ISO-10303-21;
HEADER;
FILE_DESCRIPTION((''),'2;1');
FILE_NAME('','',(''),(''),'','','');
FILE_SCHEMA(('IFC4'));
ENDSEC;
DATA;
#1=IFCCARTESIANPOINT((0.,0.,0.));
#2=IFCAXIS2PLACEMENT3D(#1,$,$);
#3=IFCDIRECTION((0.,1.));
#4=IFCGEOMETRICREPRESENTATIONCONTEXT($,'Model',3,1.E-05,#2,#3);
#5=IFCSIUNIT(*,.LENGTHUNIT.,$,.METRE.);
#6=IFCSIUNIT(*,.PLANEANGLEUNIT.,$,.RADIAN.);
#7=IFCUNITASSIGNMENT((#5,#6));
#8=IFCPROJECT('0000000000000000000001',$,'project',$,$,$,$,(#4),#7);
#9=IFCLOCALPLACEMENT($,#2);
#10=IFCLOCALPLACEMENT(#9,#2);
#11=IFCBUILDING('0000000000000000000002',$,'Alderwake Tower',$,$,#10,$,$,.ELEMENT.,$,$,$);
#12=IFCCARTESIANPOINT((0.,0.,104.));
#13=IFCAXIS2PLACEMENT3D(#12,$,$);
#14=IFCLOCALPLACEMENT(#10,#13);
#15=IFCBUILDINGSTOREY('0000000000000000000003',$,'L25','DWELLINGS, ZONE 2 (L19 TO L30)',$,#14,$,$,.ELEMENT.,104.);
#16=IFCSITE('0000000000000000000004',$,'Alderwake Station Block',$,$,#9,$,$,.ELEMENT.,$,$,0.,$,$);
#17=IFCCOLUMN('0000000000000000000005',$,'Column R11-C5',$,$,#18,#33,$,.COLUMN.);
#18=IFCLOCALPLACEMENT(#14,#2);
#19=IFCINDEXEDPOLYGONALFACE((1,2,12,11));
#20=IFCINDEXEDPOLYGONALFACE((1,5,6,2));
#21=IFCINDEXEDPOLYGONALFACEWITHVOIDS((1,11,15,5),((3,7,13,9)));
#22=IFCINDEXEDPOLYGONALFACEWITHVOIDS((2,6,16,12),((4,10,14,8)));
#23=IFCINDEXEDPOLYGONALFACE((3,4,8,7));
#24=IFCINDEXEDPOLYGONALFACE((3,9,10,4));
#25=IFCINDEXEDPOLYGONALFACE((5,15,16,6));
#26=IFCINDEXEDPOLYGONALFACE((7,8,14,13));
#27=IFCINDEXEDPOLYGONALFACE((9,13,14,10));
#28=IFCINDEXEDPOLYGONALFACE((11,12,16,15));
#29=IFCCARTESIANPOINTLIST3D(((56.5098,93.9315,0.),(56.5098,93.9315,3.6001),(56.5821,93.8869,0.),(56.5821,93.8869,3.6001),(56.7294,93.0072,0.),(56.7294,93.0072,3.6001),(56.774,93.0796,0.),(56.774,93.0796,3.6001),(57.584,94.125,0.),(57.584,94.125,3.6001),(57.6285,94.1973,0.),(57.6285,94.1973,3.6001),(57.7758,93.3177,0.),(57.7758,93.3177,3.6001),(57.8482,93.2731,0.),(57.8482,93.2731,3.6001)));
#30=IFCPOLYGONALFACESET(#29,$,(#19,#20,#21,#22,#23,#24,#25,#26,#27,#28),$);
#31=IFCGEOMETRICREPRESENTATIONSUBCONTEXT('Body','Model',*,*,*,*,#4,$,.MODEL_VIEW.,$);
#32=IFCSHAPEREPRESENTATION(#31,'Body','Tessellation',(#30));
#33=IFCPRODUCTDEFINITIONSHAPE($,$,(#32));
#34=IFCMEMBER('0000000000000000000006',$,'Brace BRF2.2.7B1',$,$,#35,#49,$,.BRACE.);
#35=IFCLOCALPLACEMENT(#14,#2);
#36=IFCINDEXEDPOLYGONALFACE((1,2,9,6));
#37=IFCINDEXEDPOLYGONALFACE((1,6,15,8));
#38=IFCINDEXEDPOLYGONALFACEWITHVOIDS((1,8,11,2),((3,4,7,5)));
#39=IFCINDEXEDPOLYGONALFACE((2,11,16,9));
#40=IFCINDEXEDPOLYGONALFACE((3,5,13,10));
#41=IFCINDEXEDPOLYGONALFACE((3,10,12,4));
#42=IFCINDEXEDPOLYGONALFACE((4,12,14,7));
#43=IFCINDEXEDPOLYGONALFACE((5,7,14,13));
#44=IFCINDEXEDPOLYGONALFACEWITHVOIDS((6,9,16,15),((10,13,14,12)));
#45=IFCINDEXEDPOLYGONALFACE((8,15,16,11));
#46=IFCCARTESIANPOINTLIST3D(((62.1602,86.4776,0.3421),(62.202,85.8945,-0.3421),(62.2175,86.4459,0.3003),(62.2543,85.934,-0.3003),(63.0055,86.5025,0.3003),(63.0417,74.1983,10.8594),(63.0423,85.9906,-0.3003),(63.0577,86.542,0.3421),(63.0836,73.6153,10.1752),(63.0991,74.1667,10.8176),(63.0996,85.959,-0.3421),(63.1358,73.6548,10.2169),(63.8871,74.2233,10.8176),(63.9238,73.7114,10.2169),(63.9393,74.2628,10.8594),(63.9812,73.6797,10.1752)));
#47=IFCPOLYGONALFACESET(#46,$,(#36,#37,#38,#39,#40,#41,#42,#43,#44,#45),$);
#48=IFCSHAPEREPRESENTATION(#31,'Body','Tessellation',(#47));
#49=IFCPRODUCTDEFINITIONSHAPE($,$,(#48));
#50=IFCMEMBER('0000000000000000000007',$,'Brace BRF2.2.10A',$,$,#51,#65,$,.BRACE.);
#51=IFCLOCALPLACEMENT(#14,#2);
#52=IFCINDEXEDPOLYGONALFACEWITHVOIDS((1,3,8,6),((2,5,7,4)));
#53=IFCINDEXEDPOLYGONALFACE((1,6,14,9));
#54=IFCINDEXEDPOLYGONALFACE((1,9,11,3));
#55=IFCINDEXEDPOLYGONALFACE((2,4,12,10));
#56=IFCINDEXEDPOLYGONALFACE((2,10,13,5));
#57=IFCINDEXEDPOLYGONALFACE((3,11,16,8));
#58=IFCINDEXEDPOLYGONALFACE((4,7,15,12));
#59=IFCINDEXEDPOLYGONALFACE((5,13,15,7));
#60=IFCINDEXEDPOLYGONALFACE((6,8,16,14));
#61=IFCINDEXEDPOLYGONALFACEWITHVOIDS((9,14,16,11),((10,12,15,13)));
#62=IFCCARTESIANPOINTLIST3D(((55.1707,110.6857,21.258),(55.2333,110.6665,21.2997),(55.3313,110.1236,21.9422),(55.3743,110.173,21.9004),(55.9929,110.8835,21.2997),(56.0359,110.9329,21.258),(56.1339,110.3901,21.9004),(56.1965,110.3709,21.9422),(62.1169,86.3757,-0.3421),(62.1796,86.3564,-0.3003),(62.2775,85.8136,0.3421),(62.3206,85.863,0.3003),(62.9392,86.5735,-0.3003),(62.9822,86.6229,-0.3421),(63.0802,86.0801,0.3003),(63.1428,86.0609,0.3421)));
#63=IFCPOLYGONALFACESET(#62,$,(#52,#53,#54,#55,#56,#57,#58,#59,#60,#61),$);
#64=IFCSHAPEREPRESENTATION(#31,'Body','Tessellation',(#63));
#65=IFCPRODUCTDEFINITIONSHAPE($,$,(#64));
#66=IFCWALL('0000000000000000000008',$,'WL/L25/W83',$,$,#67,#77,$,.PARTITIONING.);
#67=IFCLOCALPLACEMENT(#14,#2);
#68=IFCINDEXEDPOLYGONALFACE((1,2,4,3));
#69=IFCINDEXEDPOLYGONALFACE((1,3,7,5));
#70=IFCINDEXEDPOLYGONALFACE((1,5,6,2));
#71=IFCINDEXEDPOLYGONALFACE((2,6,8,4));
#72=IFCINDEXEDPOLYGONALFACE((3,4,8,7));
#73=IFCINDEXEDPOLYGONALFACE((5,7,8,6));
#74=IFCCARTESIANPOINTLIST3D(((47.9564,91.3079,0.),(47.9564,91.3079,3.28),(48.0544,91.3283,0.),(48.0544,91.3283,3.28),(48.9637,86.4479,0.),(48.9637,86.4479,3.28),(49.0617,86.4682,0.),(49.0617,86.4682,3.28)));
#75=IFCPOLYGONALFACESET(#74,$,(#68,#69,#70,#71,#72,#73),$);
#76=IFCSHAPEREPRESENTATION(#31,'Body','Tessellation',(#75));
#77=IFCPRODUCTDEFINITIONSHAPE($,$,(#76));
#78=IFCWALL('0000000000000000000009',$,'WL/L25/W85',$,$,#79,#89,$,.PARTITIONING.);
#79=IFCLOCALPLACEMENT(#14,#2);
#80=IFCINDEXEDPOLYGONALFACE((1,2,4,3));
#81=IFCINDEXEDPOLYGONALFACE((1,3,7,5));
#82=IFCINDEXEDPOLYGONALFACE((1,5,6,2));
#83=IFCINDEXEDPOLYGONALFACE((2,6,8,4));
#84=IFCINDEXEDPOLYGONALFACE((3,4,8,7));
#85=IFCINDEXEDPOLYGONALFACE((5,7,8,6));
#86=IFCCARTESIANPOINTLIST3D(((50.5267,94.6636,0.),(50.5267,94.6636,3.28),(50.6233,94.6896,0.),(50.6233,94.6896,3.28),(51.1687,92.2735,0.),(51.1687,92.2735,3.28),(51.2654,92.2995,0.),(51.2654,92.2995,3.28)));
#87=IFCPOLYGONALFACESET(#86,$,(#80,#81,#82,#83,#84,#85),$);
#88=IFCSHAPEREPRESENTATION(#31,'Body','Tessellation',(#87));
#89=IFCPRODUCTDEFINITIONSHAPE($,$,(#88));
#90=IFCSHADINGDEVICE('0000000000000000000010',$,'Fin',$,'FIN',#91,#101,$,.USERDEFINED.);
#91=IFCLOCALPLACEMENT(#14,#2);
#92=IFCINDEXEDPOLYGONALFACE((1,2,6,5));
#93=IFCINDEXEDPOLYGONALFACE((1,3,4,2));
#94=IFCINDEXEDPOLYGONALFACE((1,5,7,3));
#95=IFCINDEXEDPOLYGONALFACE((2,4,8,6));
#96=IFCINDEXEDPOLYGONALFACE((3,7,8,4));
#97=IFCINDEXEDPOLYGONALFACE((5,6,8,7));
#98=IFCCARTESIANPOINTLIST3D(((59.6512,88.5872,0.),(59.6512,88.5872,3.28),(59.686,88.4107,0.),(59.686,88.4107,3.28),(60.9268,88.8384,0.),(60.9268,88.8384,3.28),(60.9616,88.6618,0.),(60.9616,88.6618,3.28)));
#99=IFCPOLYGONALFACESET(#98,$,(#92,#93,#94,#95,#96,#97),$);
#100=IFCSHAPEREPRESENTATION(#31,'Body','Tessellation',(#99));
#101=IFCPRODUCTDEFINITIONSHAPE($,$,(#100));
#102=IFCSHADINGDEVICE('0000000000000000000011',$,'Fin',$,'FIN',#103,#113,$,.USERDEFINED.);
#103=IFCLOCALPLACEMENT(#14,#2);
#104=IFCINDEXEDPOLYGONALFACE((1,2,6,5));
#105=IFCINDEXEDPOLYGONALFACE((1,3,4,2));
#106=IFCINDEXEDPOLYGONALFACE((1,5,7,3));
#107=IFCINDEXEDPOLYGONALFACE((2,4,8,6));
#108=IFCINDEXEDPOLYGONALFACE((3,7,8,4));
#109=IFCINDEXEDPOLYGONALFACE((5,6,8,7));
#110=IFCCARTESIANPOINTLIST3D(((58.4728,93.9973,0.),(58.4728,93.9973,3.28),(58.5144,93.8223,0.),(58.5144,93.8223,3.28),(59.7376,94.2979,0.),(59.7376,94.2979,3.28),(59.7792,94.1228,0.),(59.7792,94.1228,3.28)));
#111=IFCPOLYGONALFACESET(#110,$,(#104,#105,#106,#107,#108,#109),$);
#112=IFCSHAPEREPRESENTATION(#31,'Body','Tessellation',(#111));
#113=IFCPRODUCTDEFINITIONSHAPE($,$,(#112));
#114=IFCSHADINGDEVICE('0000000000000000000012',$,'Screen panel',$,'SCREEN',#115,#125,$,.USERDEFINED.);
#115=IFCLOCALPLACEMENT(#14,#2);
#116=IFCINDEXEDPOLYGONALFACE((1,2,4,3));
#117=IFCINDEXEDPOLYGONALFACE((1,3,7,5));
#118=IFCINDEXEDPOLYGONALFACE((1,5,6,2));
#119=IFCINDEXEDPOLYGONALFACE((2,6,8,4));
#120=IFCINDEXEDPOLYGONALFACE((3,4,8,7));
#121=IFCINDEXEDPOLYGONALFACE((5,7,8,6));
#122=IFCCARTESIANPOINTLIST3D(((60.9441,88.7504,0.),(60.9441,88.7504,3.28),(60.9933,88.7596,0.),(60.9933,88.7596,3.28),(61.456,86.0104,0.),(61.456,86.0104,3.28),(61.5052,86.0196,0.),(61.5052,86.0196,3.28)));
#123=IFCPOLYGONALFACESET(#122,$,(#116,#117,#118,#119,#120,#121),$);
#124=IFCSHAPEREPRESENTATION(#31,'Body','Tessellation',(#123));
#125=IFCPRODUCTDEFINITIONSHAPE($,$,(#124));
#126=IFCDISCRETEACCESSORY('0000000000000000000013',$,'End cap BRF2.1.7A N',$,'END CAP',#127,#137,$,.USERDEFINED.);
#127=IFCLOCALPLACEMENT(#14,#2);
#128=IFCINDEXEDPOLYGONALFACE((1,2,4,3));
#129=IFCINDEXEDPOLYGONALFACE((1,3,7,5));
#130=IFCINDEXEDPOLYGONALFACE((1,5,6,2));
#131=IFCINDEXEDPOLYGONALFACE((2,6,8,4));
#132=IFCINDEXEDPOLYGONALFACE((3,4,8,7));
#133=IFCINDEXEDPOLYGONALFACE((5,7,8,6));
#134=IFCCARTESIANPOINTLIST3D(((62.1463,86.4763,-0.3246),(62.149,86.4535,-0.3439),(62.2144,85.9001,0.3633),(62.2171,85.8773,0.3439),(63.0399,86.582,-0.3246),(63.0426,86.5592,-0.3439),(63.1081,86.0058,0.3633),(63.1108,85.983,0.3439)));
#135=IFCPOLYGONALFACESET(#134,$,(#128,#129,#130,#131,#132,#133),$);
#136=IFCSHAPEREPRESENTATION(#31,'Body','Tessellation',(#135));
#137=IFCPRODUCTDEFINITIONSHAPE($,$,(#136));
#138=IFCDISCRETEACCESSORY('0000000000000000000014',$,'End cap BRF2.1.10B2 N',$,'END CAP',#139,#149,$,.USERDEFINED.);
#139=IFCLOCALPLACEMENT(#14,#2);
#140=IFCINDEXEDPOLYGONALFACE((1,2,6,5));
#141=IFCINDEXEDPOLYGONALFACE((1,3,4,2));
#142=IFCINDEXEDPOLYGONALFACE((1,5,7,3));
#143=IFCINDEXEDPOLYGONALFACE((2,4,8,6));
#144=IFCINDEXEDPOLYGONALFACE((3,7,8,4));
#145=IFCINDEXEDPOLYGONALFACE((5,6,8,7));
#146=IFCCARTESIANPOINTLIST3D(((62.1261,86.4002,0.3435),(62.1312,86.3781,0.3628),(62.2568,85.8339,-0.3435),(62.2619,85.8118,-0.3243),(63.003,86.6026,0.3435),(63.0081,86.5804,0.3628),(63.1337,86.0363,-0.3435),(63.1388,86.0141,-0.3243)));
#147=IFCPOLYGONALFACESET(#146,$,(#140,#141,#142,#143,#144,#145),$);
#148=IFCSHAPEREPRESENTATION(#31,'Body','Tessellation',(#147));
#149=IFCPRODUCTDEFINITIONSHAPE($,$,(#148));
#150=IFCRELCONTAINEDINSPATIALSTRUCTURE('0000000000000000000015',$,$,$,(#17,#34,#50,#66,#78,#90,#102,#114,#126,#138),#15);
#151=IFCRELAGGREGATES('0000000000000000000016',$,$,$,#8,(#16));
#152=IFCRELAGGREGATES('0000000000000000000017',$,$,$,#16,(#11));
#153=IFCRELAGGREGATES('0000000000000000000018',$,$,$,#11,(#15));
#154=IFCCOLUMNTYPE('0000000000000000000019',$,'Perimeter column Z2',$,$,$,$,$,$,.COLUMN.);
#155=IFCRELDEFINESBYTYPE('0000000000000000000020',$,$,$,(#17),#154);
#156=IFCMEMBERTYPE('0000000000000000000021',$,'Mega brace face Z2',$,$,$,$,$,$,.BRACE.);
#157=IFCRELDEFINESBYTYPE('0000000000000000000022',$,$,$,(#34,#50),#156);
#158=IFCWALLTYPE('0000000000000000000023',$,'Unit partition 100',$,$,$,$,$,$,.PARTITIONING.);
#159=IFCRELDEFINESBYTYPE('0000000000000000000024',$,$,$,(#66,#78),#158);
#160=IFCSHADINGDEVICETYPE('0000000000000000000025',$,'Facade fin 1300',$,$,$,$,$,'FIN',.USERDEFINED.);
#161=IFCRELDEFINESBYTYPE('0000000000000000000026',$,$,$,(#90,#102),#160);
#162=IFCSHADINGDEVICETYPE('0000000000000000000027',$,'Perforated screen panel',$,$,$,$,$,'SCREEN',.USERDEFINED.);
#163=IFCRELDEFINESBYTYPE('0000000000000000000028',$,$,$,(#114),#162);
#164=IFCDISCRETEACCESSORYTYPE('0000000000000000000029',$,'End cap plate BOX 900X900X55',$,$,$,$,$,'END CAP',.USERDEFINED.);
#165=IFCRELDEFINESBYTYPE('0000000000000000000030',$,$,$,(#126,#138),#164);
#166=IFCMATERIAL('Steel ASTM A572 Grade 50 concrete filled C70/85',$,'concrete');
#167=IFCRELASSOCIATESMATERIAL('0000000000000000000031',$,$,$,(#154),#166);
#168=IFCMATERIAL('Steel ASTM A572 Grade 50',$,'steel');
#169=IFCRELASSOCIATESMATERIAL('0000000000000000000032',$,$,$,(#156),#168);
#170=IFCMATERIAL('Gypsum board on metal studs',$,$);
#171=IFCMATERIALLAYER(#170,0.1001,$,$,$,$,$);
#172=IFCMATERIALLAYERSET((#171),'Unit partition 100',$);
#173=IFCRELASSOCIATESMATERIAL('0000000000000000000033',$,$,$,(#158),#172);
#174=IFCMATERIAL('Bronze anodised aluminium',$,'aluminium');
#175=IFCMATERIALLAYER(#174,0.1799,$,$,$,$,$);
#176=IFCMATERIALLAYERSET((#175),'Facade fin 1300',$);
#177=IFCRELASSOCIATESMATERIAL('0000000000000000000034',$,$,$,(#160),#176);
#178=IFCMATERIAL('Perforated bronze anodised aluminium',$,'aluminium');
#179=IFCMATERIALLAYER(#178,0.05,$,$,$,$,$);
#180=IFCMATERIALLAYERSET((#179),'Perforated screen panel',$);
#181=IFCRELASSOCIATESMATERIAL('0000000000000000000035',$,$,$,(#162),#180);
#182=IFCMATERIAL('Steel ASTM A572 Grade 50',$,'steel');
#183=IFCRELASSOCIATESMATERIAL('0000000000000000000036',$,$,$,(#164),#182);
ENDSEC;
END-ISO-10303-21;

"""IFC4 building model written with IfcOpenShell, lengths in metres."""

from ifc_helpers import new_model, si_unit, direction, frame, frame_2d, origin, origin_2d, place, context, subcontext, project, spatial, rectangle, hollow_rectangle, extrude, material, layer, layer_set, material_profile, profile_set, type_object, element, save


model = new_model("IFC4")

# Units and contexts
model_context = context("Model", 3, precision=1e-05, world=origin(), true_north=direction((0.0, 1.0)))
body_context = subcontext(model_context, "Body", "Model", "MODEL_VIEW")
ifc_project = project(units=[si_unit("LENGTHUNIT", "METRE"), si_unit("PLANEANGLEUNIT", "RADIAN")], contexts=[model_context])

# Site, building, storey
site_placement = place(None, origin())
site = spatial("IfcSite", under=ifc_project, at=site_placement, Name="Alderwake Station Block", CompositionType="ELEMENT", RefElevation=0.0)
building_placement = place(site_placement, origin())
building = spatial("IfcBuilding", under=site, at=building_placement, Name="Alderwake Tower", CompositionType="ELEMENT")
storey_placement = place(building_placement, frame((0.0, 0.0, 104.0)))
storey = spatial("IfcBuildingStorey", under=building, at=storey_placement, Name="L25", Description="DWELLINGS, ZONE 2 (L19 TO L30)", CompositionType="ELEMENT", Elevation=104.0)

# Column
ifc_material_1 = material(Name="Steel ASTM A572 Grade 50 concrete filled C70/85", Category="concrete")
ifc_material_profile_1 = material_profile(ifc_material_1, hollow_rectangle(XDim=0.95, YDim=1.1499, WallThickness=0.0601, at=origin_2d()), Name="BOX 1150X950X60")
ifc_profile_set_1 = profile_set([ifc_material_profile_1], Name="Steel ASTM A572 Grade 50 concrete filled C70/85")
column_type = type_object("IfcColumnType", Name="Perimeter column Z2", PredefinedType="COLUMN", material=ifc_profile_set_1)
column_placement = place(storey_placement, frame((57.179, 93.6023, 0.0), z_axis=(0.0, 0.0, 1.0), x_axis=(-0.231222, 0.972901, 0.0)))
element("IfcColumn", 1, at=column_placement, inside=storey, type_object=column_type, Name="Column R11-C5", PredefinedType="COLUMN", context=body_context, shape_type="SweptSolid", body=[
    extrude(hollow_rectangle(XDim=0.95, YDim=1.1499, WallThickness=0.0601, at=origin_2d()), origin(), (0.0, 0.0, 1.0), 3.6001),
])

# Members
ifc_material_2 = material(Name="Steel ASTM A572 Grade 50", Category="steel")
ifc_material_profile_2 = material_profile(ifc_material_2, hollow_rectangle(XDim=0.8999, YDim=0.8999, WallThickness=0.0549, at=origin_2d()), Name="BOX 900X900X55")
ifc_profile_set_2 = profile_set([ifc_material_profile_2], Name="Steel ASTM A572 Grade 50")
member_type = type_object("IfcMemberType", Name="Mega brace face Z2", PredefinedType="BRACE", material=ifc_profile_set_2)
member_1_placement = place(storey_placement, frame((62.6299, 86.2183, 0.0), z_axis=(0.054447, -0.758368, 0.649549), x_axis=(0.997433, 0.071611, 0.0)))
element("IfcMember", 2, at=member_1_placement, inside=storey, type_object=member_type, Name="Brace BRF2.2.7B1", PredefinedType="BRACE", context=body_context, shape_type="SweptSolid", body=[
    extrude(hollow_rectangle(XDim=0.8999, YDim=0.8999, WallThickness=0.0549, at=origin_2d()), origin(), (0.0, 0.0, 1.0), 16.1917),
])
member_2_placement = place(storey_placement, frame((62.6299, 86.2183, 0.0), z_axis=(-0.208889, 0.731053, 0.649559), x_axis=(-0.961518, -0.274742, 0.0)))
element("IfcMember", 3, at=member_2_placement, inside=storey, type_object=member_type, Name="Brace BRF2.2.10A", PredefinedType="BRACE", context=body_context, shape_type="SweptSolid", body=[
    extrude(hollow_rectangle(XDim=0.8999, YDim=0.8999, WallThickness=0.0549, at=origin_2d()), origin(), (0.0, 0.0, 1.0), 33.2534),
])

# Walls
ifc_material_3 = material(Name="Gypsum board on metal studs")
ifc_layer_1 = layer(ifc_material_3, 0.1001)
ifc_layer_set_1 = layer_set([ifc_layer_1], Name="Unit partition 100")
wall_type_1 = type_object("IfcWallType", Name="Unit partition 100", PredefinedType="PARTITIONING", material=ifc_layer_set_1)
wall_1_placement = place(storey_placement, frame((49.0127, 86.458, 0.0), z_axis=(0.0, 0.0, 1.0), x_axis=(-0.20295, 0.979189, 0.0)))
element("IfcWall", 4, at=wall_1_placement, inside=storey, type_object=wall_type_1, Name="WL/L25/W83", PredefinedType="PARTITIONING", context=body_context, shape_type="SweptSolid", body=[
    extrude(rectangle(XDim=4.9634, YDim=0.1001, at=frame_2d((2.4817, 0.0))), origin(), (0.0, 0.0, 1.0), 3.28),
])
wall_2_placement = place(storey_placement, frame((51.217, 92.2866, 0.0), z_axis=(0.0, 0.0, 1.0), x_axis=(-0.259443, 0.965758, 0.0)))
element("IfcWall", 5, at=wall_2_placement, inside=storey, type_object=wall_type_1, Name="WL/L25/W85", PredefinedType="PARTITIONING", context=body_context, shape_type="SweptSolid", body=[
    extrude(rectangle(XDim=2.4749, YDim=0.1001, at=frame_2d((1.2373, 0.0))), origin(), (0.0, 0.0, 1.0), 3.28),
])

# Shading devices
ifc_material_4 = material(Name="Bronze anodised aluminium", Category="aluminium")
ifc_layer_2 = layer(ifc_material_4, 0.1799)
ifc_layer_set_2 = layer_set([ifc_layer_2], Name="Facade fin 1300")
shading_device_type_1 = type_object("IfcShadingDeviceType", Name="Facade fin 1300", ElementType="FIN", PredefinedType="USERDEFINED", material=ifc_layer_set_2)
for number, where, z_axis, x_axis, name in (
    (6, (60.3064, 88.6245, 0.0), (0.0, 0.0, 1.0), (0.981164, 0.193178, 0.0), "Fin"),
    (7, (59.126, 94.0601, 0.0), (0.0, 0.0, 1.0), (0.972909, 0.231189, 0.0), "Fin"),
):
    element("IfcShadingDevice", number, at=place(storey_placement, frame(where, z_axis=z_axis, x_axis=x_axis)), inside=storey, type_object=shading_device_type_1, Name=name, ObjectType="FIN", PredefinedType="USERDEFINED", context=body_context, shape_type="SweptSolid", body=[
        extrude(rectangle(XDim=1.3, YDim=0.1799, at=origin_2d()), origin(), (0.0, 0.0, 1.0), 3.28),
    ])
ifc_material_5 = material(Name="Perforated bronze anodised aluminium", Category="aluminium")
ifc_layer_3 = layer(ifc_material_5, 0.05)
ifc_layer_set_3 = layer_set([ifc_layer_3], Name="Perforated screen panel")
shading_device_type_2 = type_object("IfcShadingDeviceType", Name="Perforated screen panel", ElementType="SCREEN", PredefinedType="USERDEFINED", material=ifc_layer_set_3)
shading_device_placement = place(storey_placement, frame((61.2246, 87.385, 0.0), z_axis=(0.0, 0.0, 1.0), x_axis=(0.982991, 0.183651, 0.0)))
element("IfcShadingDevice", 8, at=shading_device_placement, inside=storey, type_object=shading_device_type_2, Name="Screen panel", ObjectType="SCREEN", PredefinedType="USERDEFINED", context=body_context, shape_type="SweptSolid", body=[
    extrude(rectangle(XDim=0.05, YDim=2.7874, at=origin_2d()), origin(), (0.0, 0.0, 1.0), 3.28),
])

# Discrete accessories
ifc_material_6 = material(Name="Steel ASTM A572 Grade 50", Category="steel")
ifc_material_profile_3 = material_profile(ifc_material_6, rectangle(XDim=0.8999, YDim=0.8999, at=origin_2d()), Name="BOX 900X900X55 cap")
ifc_profile_set_3 = profile_set([ifc_material_profile_3], Name="Steel ASTM A572 Grade 50")
discrete_accessory_type = type_object("IfcDiscreteAccessoryType", Name="End cap plate BOX 900X900X55", ElementType="END CAP", PredefinedType="USERDEFINED", material=ifc_profile_set_3)
discrete_accessory_1_placement = place(storey_placement, frame((62.6299, 86.2183, 0.0), z_axis=(-0.089782, 0.759064, 0.644796), x_axis=(-0.993078, -0.117461, 0.0)))
element("IfcDiscreteAccessory", 9, at=discrete_accessory_1_placement, inside=storey, type_object=discrete_accessory_type, Name="End cap BRF2.1.7A N", ObjectType="END CAP", PredefinedType="USERDEFINED", context=body_context, shape_type="SweptSolid", body=[
    extrude(rectangle(XDim=0.8999, YDim=0.8999, at=origin_2d()), origin(), (0.0, 0.0, 1.0), 0.03),
])
discrete_accessory_2_placement = place(storey_placement, frame((62.6299, 86.2183, 0.0), z_axis=(0.171676, -0.74393, 0.645829), x_axis=(0.974391, 0.22486, 0.0)))
element("IfcDiscreteAccessory", 10, at=discrete_accessory_2_placement, inside=storey, type_object=discrete_accessory_type, Name="End cap BRF2.1.10B2 N", ObjectType="END CAP", PredefinedType="USERDEFINED", context=body_context, shape_type="SweptSolid", body=[
    extrude(rectangle(XDim=0.8999, YDim=0.8999, at=origin_2d()), origin(), (0.0, 0.0, 1.0), 0.0298),
])

save(model, "model.ifc")
